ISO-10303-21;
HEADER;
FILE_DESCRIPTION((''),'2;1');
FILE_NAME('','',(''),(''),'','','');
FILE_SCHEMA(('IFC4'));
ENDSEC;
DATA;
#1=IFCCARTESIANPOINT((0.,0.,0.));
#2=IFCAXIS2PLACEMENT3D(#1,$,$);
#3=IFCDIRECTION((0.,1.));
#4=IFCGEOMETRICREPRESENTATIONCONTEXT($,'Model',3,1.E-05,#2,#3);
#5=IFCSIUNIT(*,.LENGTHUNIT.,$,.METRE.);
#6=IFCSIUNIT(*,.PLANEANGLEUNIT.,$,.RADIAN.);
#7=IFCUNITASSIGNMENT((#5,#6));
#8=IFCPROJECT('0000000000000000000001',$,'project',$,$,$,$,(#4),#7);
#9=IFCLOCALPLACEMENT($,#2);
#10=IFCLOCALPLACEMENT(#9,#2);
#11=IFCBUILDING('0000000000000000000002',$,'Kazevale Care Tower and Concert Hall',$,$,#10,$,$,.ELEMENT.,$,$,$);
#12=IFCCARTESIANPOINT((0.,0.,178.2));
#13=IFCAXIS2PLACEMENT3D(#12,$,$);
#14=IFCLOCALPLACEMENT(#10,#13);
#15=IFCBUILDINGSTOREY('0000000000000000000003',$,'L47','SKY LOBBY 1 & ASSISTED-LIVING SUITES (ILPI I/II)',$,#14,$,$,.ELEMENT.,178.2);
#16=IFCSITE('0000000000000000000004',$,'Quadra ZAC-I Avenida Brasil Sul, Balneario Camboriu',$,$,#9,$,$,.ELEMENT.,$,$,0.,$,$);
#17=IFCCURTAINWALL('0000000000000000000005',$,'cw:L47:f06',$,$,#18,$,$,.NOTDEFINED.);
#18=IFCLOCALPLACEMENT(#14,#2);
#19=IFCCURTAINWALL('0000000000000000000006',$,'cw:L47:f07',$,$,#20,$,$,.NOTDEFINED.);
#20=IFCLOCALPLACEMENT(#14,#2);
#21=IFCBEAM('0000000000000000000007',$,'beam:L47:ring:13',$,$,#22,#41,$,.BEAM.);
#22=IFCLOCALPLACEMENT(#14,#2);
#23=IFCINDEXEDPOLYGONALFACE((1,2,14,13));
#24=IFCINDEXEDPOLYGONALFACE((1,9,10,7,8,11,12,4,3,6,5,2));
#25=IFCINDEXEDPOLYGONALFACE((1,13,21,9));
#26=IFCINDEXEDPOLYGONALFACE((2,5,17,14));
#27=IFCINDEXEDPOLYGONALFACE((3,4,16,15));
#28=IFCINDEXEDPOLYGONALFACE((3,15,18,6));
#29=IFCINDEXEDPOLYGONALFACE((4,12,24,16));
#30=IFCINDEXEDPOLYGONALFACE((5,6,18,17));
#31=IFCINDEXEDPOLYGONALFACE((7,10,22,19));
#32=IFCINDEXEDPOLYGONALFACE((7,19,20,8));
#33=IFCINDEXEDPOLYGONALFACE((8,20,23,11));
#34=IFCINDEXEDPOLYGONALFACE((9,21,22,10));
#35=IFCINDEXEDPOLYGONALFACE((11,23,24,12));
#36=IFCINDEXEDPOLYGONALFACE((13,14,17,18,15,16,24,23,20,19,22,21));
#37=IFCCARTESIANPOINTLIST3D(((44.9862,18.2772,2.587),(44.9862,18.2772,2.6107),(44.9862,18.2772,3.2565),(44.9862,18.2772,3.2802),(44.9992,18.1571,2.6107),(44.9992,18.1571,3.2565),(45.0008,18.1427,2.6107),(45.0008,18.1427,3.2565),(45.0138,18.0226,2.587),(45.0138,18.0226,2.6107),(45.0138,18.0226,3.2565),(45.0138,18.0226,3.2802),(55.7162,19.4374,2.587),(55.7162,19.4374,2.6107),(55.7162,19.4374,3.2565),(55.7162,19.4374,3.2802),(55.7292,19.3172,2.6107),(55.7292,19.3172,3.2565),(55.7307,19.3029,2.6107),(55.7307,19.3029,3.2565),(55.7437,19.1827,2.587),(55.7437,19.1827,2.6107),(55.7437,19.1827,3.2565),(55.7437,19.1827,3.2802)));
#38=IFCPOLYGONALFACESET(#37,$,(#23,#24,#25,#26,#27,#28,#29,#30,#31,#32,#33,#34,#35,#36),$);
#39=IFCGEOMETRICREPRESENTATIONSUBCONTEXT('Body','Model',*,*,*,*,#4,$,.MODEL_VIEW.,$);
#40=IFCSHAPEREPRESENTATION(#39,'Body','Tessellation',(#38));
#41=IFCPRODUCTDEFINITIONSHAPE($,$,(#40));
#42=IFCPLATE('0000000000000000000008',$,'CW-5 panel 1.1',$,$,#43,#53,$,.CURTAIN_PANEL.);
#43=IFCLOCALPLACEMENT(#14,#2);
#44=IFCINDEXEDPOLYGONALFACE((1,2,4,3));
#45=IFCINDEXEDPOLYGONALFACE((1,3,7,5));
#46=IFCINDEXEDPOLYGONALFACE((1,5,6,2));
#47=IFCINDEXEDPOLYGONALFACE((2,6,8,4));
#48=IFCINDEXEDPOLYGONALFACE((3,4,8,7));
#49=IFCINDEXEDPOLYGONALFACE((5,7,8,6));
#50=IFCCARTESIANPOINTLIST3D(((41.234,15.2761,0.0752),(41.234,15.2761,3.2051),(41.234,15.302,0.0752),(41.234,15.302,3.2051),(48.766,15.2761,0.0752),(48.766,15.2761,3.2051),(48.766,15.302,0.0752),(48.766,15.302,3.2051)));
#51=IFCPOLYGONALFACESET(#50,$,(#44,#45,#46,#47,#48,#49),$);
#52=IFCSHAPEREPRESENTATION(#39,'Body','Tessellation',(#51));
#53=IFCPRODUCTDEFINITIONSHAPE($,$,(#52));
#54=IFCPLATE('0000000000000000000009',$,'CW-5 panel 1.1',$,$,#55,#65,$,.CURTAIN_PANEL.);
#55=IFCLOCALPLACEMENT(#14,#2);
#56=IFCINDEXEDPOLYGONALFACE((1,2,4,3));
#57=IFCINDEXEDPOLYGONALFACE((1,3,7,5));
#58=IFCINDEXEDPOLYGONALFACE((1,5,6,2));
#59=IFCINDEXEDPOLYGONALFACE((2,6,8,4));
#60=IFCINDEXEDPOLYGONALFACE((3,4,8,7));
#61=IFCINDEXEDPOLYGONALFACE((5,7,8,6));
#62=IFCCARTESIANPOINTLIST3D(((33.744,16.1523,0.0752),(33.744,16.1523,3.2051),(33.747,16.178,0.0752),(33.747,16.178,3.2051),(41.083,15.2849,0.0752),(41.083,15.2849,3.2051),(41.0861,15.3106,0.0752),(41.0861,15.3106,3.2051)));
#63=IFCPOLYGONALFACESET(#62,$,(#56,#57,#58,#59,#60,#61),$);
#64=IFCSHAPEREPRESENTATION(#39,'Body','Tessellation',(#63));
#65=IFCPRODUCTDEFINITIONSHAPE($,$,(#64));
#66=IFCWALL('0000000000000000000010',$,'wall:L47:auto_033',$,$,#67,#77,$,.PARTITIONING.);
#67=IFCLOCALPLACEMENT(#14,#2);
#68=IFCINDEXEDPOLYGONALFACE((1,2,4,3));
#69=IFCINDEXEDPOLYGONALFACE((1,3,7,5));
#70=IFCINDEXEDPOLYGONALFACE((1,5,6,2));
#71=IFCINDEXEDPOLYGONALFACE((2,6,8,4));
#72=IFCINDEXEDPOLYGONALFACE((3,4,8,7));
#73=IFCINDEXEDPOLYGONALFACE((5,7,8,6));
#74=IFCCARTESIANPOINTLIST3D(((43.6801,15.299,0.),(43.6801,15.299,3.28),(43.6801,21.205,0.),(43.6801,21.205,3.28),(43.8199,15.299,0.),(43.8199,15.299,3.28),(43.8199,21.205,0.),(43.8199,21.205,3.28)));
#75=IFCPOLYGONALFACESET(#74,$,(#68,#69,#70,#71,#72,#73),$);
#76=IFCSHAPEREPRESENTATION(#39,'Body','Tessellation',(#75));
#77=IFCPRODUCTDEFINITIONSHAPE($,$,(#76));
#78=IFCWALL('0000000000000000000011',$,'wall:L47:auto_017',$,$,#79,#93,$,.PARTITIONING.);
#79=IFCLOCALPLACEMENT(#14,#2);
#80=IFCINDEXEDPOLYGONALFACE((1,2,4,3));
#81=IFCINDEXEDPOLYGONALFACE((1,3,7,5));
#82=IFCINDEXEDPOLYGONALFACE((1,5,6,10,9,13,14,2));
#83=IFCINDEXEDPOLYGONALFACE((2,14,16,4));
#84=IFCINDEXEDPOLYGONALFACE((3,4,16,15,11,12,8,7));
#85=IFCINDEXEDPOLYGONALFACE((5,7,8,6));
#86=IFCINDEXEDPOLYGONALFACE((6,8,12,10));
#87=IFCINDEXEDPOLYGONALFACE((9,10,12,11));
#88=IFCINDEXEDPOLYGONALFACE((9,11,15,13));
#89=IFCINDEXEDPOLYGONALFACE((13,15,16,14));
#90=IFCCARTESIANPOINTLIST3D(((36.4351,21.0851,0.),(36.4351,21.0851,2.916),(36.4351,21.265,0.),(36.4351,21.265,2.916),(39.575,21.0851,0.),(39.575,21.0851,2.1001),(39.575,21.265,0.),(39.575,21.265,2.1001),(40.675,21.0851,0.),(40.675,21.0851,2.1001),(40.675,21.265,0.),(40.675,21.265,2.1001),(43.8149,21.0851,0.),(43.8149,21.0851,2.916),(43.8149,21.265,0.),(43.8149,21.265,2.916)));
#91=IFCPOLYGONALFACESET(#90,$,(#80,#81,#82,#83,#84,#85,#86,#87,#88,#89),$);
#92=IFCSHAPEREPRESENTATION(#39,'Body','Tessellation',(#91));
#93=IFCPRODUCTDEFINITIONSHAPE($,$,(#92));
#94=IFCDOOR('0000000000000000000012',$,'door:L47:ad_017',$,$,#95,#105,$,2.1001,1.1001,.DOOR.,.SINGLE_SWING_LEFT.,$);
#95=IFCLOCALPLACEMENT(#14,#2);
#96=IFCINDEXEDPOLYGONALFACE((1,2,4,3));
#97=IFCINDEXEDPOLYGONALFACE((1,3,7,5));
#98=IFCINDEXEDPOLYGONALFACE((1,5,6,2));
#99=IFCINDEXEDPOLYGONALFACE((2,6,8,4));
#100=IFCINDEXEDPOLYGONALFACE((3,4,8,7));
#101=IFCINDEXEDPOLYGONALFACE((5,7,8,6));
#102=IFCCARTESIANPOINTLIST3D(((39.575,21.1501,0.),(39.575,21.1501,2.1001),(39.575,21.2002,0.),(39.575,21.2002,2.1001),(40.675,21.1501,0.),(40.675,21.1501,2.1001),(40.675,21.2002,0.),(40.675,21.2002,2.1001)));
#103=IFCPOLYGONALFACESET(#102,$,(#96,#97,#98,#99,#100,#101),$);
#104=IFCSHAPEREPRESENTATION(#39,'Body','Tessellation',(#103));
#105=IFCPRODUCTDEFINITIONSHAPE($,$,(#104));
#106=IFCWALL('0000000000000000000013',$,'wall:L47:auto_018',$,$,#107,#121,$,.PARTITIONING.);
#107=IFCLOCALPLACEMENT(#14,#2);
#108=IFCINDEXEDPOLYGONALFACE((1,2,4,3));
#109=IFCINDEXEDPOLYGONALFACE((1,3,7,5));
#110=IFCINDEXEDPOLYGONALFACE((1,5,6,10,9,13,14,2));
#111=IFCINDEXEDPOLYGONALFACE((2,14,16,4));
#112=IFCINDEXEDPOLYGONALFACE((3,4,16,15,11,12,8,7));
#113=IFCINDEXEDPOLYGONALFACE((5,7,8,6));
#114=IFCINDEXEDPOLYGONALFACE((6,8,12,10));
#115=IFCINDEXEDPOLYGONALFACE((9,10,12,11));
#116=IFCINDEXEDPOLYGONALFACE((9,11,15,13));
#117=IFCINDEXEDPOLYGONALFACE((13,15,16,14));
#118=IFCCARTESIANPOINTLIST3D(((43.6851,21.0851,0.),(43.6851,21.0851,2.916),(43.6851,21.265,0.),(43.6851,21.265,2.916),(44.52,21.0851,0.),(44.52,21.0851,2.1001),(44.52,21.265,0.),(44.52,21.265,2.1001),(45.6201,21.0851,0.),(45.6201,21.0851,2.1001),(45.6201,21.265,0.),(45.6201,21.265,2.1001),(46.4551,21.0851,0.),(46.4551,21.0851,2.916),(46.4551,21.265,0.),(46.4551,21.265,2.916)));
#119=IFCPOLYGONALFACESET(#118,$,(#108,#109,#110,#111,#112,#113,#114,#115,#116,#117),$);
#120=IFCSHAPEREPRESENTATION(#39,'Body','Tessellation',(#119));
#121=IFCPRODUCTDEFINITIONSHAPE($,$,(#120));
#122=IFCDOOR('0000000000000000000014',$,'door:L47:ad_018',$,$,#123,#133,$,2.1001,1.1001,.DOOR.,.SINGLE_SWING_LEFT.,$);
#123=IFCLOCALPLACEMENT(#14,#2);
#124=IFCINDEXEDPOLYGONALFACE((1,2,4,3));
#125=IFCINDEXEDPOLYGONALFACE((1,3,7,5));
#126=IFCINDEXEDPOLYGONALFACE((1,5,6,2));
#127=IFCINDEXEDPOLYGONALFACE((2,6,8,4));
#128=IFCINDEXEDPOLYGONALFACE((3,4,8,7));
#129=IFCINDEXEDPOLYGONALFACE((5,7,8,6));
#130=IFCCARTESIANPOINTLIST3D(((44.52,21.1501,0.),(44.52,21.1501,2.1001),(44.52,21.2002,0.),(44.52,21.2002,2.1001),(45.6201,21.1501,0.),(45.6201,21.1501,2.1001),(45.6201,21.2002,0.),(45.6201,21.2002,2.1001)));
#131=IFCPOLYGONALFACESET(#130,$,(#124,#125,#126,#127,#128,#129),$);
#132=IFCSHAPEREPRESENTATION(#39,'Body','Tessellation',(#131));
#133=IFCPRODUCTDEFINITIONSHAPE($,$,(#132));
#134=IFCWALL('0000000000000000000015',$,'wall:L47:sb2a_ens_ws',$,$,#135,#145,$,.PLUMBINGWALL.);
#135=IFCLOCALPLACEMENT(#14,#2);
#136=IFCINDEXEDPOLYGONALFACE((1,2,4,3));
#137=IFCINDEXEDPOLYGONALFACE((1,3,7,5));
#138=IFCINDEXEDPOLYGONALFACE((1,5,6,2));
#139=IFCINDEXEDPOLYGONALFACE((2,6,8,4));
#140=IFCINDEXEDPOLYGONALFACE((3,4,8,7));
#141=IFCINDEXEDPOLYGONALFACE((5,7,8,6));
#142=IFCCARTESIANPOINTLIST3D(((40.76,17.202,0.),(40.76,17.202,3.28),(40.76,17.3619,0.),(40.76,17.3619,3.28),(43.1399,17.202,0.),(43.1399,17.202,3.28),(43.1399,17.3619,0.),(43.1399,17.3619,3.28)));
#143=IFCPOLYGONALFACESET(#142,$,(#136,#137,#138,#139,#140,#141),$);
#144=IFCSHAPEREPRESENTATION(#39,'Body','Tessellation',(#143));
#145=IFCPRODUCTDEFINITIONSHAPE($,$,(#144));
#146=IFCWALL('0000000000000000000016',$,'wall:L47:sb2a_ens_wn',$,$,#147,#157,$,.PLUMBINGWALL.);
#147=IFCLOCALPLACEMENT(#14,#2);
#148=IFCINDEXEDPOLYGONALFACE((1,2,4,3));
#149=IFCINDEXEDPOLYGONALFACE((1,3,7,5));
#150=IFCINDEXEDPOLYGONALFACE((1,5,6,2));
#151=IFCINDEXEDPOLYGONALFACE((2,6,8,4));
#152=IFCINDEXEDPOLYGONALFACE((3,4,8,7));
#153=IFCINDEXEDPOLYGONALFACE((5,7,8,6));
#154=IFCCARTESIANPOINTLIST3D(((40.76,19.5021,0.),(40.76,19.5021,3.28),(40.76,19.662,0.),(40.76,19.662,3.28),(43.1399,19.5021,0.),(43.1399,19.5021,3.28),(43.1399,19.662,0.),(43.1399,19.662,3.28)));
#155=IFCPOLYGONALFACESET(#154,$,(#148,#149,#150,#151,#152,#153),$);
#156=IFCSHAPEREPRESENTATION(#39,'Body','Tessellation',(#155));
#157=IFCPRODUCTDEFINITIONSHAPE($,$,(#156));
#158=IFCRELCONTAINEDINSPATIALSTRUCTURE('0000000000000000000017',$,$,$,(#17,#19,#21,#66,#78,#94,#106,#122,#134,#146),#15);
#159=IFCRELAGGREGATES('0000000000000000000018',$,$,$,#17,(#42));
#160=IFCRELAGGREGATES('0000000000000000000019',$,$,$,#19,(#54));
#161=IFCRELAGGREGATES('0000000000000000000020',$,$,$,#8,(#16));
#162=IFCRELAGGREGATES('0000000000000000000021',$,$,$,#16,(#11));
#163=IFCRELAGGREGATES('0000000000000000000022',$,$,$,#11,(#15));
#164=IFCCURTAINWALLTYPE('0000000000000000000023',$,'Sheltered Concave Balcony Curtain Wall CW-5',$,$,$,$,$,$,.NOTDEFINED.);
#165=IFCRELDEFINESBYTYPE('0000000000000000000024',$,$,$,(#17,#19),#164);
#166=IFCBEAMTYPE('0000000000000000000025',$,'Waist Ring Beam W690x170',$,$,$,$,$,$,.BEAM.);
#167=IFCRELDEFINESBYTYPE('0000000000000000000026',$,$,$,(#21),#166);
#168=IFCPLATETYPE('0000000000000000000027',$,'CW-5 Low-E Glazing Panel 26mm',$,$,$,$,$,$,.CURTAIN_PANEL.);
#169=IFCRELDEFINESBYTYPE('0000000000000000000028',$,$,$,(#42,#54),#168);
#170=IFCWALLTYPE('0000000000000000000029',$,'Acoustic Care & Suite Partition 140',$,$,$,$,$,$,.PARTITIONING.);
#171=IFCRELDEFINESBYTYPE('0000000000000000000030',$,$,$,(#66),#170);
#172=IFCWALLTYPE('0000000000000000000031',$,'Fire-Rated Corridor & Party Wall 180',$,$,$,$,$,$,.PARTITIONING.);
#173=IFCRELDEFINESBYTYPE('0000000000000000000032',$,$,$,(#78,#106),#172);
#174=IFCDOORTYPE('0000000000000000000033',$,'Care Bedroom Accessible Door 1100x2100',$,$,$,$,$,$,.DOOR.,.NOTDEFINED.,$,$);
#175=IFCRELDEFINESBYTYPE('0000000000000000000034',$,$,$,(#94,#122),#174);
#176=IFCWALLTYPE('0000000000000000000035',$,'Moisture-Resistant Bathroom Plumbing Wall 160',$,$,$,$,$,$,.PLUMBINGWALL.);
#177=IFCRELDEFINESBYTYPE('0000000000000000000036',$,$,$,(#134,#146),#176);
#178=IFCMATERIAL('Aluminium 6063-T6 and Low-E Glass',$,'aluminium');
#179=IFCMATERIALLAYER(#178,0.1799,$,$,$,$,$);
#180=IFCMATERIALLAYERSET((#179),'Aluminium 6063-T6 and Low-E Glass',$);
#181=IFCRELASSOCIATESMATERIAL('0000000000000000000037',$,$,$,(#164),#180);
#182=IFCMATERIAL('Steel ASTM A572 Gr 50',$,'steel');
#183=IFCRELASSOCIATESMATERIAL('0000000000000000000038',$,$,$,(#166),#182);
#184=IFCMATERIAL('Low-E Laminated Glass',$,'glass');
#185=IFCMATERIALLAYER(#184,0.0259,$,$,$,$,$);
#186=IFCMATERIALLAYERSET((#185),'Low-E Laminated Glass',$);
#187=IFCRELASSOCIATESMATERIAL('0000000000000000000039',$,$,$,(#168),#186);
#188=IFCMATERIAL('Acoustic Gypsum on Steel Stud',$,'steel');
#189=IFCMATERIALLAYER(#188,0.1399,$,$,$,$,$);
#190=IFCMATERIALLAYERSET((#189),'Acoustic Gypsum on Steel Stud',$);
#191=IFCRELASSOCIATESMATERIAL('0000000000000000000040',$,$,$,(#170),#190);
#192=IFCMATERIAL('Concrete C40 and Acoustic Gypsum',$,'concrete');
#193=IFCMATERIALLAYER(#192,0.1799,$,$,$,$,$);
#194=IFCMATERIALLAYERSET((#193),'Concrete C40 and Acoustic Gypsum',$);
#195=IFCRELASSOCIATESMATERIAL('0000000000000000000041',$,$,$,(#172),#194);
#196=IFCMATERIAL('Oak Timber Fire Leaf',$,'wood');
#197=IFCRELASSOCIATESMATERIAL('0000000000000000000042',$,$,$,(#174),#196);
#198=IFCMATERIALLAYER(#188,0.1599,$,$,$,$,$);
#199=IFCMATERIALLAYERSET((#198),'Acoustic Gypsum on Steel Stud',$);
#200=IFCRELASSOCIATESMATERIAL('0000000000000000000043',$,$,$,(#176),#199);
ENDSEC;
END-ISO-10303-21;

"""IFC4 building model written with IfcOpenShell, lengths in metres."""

from ifc_helpers import new_model, si_unit, direction, frame, frame_2d, origin, origin_2d, place, context, subcontext, project, spatial, rectangle, i_section, extrude, material, layer, layer_set, material_profile, profile_set, type_object, element, fill, aggregate, save


model = new_model("IFC4")

# Units and contexts
model_context = context("Model", 3, precision=1e-05, world=origin(), true_north=direction((0.0, 1.0)))
body_context = subcontext(model_context, "Body", "Model", "MODEL_VIEW")
ifc_project = project(units=[si_unit("LENGTHUNIT", "METRE"), si_unit("PLANEANGLEUNIT", "RADIAN")], contexts=[model_context])

# Site, building, storey
site_placement = place(None, origin())
site = spatial("IfcSite", under=ifc_project, at=site_placement, Name="Quadra ZAC-I Avenida Brasil Sul, Balneario Camboriu", CompositionType="ELEMENT", RefElevation=0.0)
building_placement = place(site_placement, origin())
building = spatial("IfcBuilding", under=site, at=building_placement, Name="Kazevale Care Tower and Concert Hall", CompositionType="ELEMENT")
storey_placement = place(building_placement, frame((0.0, 0.0, 178.2)))
storey = spatial("IfcBuildingStorey", under=building, at=storey_placement, Name="L47", Description="SKY LOBBY 1 & ASSISTED-LIVING SUITES (ILPI I/II)", CompositionType="ELEMENT", Elevation=178.2)

# Curtain wall
ifc_material_1 = material(Name="Aluminium 6063-T6 and Low-E Glass", Category="aluminium")
ifc_layer_1 = layer(ifc_material_1, 0.1799)
ifc_layer_set_1 = layer_set([ifc_layer_1], Name="Aluminium 6063-T6 and Low-E Glass")
curtain_wall_type = type_object("IfcCurtainWallType", Name="Sheltered Concave Balcony Curtain Wall CW-5", PredefinedType="NOTDEFINED", material=ifc_layer_set_1)
curtain_wall_1_placement = place(storey_placement, origin())
curtain_wall_1 = element("IfcCurtainWall", 1, at=curtain_wall_1_placement, inside=storey, type_object=curtain_wall_type, Name="cw:L47:f06", PredefinedType="NOTDEFINED")

# Curtain wall
curtain_wall_2_placement = place(storey_placement, origin())
curtain_wall_2 = element("IfcCurtainWall", 2, at=curtain_wall_2_placement, inside=storey, type_object=curtain_wall_type, Name="cw:L47:f07", PredefinedType="NOTDEFINED")

# Beam
ifc_material_2 = material(Name="Steel ASTM A572 Gr 50", Category="steel")
ifc_material_profile_1 = material_profile(ifc_material_2, i_section(OverallWidth=0.2561, OverallDepth=0.6931, WebThickness=0.0144, FlangeThickness=0.0237, at=origin_2d()), Name="W690x170")
ifc_profile_set_1 = profile_set([ifc_material_profile_1], Name="Steel ASTM A572 Gr 50")
beam_type_1 = type_object("IfcBeamType", Name="Waist Ring Beam W690x170", PredefinedType="BEAM", material=ifc_profile_set_1)
beam_1_placement = place(storey_placement, frame((45.0, 18.1499, 2.9336), z_axis=(0.994205, 0.107496, 0.0), x_axis=(-0.107496, 0.994205, 0.0)))
element("IfcBeam", 3, at=beam_1_placement, inside=storey, type_object=beam_type_1, Name="beam:L47:ring:13", PredefinedType="BEAM", context=body_context, shape_type="SweptSolid", body=[
    extrude(i_section(OverallWidth=0.2561, OverallDepth=0.6931, WebThickness=0.0144, FlangeThickness=0.0237, at=origin_2d()), origin(), (0.0, 0.0, 1.0), 10.7925),
])

# Plates
ifc_material_3 = material(Name="Low-E Laminated Glass", Category="glass")
ifc_layer_2 = layer(ifc_material_3, 0.0259)
ifc_layer_set_2 = layer_set([ifc_layer_2], Name="Low-E Laminated Glass")
plate_type = type_object("IfcPlateType", Name="CW-5 Low-E Glazing Panel 26mm", PredefinedType="CURTAIN_PANEL", material=ifc_layer_set_2)
plate_1_placement = place(storey_placement, frame((45.0, 15.2891, 0.0752), z_axis=(0.0, 0.0, 1.0), x_axis=(-1.0, 0.0, 0.0)))
plate_1 = element("IfcPlate", 4, at=plate_1_placement, type_object=plate_type, Name="CW-5 panel 1.1", PredefinedType="CURTAIN_PANEL", context=body_context, shape_type="SweptSolid", body=[
    extrude(rectangle(XDim=7.532, YDim=0.0259, at=origin_2d()), origin(), (0.0, 0.0, 1.0), 3.1299),
])
aggregate(curtain_wall_1, [plate_1])
plate_2_placement = place(storey_placement, frame((37.415, 15.7314, 0.0752), z_axis=(0.0, 0.0, 1.0), x_axis=(-0.993088, 0.117372, 0.0)))
plate_2 = element("IfcPlate", 5, at=plate_2_placement, type_object=plate_type, Name="CW-5 panel 1.1", PredefinedType="CURTAIN_PANEL", context=body_context, shape_type="SweptSolid", body=[
    extrude(rectangle(XDim=7.3901, YDim=0.0259, at=origin_2d()), origin(), (0.0, 0.0, 1.0), 3.1299),
])
aggregate(curtain_wall_2, [plate_2])

# Wall
ifc_material_4 = material(Name="Acoustic Gypsum on Steel Stud", Category="steel")
ifc_layer_3 = layer(ifc_material_4, 0.1399)
ifc_layer_set_3 = layer_set([ifc_layer_3], Name="Acoustic Gypsum on Steel Stud")
wall_type_1 = type_object("IfcWallType", Name="Acoustic Care & Suite Partition 140", PredefinedType="PARTITIONING", material=ifc_layer_set_3)
wall_1_placement = place(storey_placement, frame((43.75, 21.2051, 0.0), z_axis=(0.0, 0.0, 1.0), x_axis=(0.0, -1.0, 0.0)))
element("IfcWall", 6, at=wall_1_placement, inside=storey, type_object=wall_type_1, Name="wall:L47:auto_033", PredefinedType="PARTITIONING", context=body_context, shape_type="SweptSolid", body=[
    extrude(rectangle(XDim=5.906, YDim=0.1399, at=frame_2d((2.9531, 0.0))), origin(), (0.0, 0.0, 1.0), 3.28),
])

# Walls, openings, doors
ifc_material_5 = material(Name="Concrete C40 and Acoustic Gypsum", Category="concrete")
ifc_layer_4 = layer(ifc_material_5, 0.1799)
ifc_layer_set_4 = layer_set([ifc_layer_4], Name="Concrete C40 and Acoustic Gypsum")
wall_type_2 = type_object("IfcWallType", Name="Fire-Rated Corridor & Party Wall 180", PredefinedType="PARTITIONING", material=ifc_layer_set_4)
wall_2_placement = place(storey_placement, frame((43.8149, 21.175, 0.0), z_axis=(0.0, 0.0, 1.0), x_axis=(-1.0, 0.0, 0.0)))
wall_2 = element("IfcWall", 7, at=wall_2_placement, inside=storey, type_object=wall_type_2, Name="wall:L47:auto_017", PredefinedType="PARTITIONING", context=body_context, shape_type="SweptSolid", body=[
    extrude(rectangle(XDim=7.3799, YDim=0.1799, at=frame_2d((3.6899, 0.0))), origin(), (0.0, 0.0, 1.0), 2.916),
])
opening_1_placement = place(wall_2_placement, frame((3.1399, 0.0, 0.0)))
opening_1 = element("IfcOpeningElement", 8, at=opening_1_placement, cuts=wall_2, PredefinedType="OPENING", context=body_context, shape_type="SweptSolid", body=[
    extrude(rectangle(XDim=1.1001, YDim=2.1001, at=frame_2d((0.55, 1.05))), frame((0.0, 0.0999, 0.0), z_axis=(0.0, -1.0, 0.0), x_axis=(1.0, 0.0, 0.0)), (0.0, 0.0, 1.0), 0.2),
])
ifc_material_6 = material(Name="Oak Timber Fire Leaf", Category="wood")
door_type_1 = type_object("IfcDoorType", Name="Care Bedroom Accessible Door 1100x2100", OperationType="NOTDEFINED", PredefinedType="DOOR", material=ifc_material_6)
door_1_placement = place(opening_1_placement, origin())
door_1 = element("IfcDoor", 9, at=door_1_placement, inside=storey, type_object=door_type_1, Name="door:L47:ad_017", OperationType="SINGLE_SWING_LEFT", OverallHeight=2.1001, OverallWidth=1.1001, PredefinedType="DOOR", context=body_context, shape_type="SweptSolid", body=[
    extrude(rectangle(XDim=1.1001, YDim=2.1001, at=frame_2d((0.55, 1.05))), frame((0.0, 0.0249, 0.0), z_axis=(0.0, -1.0, 0.0), x_axis=(1.0, 0.0, 0.0)), (0.0, 0.0, 1.0), 0.05),
])
fill(opening_1, door_1)
wall_3_placement = place(storey_placement, frame((46.4551, 21.175, 0.0), z_axis=(0.0, 0.0, 1.0), x_axis=(-1.0, 0.0, 0.0)))
wall_3 = element("IfcWall", 10, at=wall_3_placement, inside=storey, type_object=wall_type_2, Name="wall:L47:auto_018", PredefinedType="PARTITIONING", context=body_context, shape_type="SweptSolid", body=[
    extrude(rectangle(XDim=2.77, YDim=0.1799, at=frame_2d((1.385, 0.0))), origin(), (0.0, 0.0, 1.0), 2.916),
])
opening_2_placement = place(wall_3_placement, frame((0.835, 0.0, 0.0)))
opening_2 = element("IfcOpeningElement", 11, at=opening_2_placement, cuts=wall_3, PredefinedType="OPENING", context=body_context, shape_type="SweptSolid", body=[
    extrude(rectangle(XDim=1.1001, YDim=2.1001, at=frame_2d((0.55, 1.05))), frame((0.0, 0.0999, 0.0), z_axis=(0.0, -1.0, 0.0), x_axis=(1.0, 0.0, 0.0)), (0.0, 0.0, 1.0), 0.2),
])
door_2_placement = place(opening_2_placement, origin())
door_2 = element("IfcDoor", 12, at=door_2_placement, inside=storey, type_object=door_type_1, Name="door:L47:ad_018", OperationType="SINGLE_SWING_LEFT", OverallHeight=2.1001, OverallWidth=1.1001, PredefinedType="DOOR", context=body_context, shape_type="SweptSolid", body=[
    extrude(rectangle(XDim=1.1001, YDim=2.1001, at=frame_2d((0.55, 1.05))), frame((0.0, 0.0249, 0.0), z_axis=(0.0, -1.0, 0.0), x_axis=(1.0, 0.0, 0.0)), (0.0, 0.0, 1.0), 0.05),
])
fill(opening_2, door_2)

# Walls
ifc_layer_5 = layer(ifc_material_4, 0.1599)
ifc_layer_set_5 = layer_set([ifc_layer_5], Name="Acoustic Gypsum on Steel Stud")
wall_type_3 = type_object("IfcWallType", Name="Moisture-Resistant Bathroom Plumbing Wall 160", PredefinedType="PLUMBINGWALL", material=ifc_layer_set_5)
for number, where, z_axis, x_axis, name in (
    (13, (40.76, 17.282, 0.0), (0.0, 0.0, 1.0), (1.0, 0.0, 0.0), "wall:L47:sb2a_ens_ws"),
    (14, (40.76, 19.582, 0.0), (0.0, 0.0, 1.0), (1.0, 0.0, 0.0), "wall:L47:sb2a_ens_wn"),
):
    element("IfcWall", number, at=place(storey_placement, frame(where, z_axis=z_axis, x_axis=x_axis)), inside=storey, type_object=wall_type_3, Name=name, PredefinedType="PLUMBINGWALL", context=body_context, shape_type="SweptSolid", body=[
        extrude(rectangle(XDim=2.3799, YDim=0.1599, at=frame_2d((1.1899, 0.0))), origin(), (0.0, 0.0, 1.0), 3.28),
    ])

save(model, "model.ifc")
